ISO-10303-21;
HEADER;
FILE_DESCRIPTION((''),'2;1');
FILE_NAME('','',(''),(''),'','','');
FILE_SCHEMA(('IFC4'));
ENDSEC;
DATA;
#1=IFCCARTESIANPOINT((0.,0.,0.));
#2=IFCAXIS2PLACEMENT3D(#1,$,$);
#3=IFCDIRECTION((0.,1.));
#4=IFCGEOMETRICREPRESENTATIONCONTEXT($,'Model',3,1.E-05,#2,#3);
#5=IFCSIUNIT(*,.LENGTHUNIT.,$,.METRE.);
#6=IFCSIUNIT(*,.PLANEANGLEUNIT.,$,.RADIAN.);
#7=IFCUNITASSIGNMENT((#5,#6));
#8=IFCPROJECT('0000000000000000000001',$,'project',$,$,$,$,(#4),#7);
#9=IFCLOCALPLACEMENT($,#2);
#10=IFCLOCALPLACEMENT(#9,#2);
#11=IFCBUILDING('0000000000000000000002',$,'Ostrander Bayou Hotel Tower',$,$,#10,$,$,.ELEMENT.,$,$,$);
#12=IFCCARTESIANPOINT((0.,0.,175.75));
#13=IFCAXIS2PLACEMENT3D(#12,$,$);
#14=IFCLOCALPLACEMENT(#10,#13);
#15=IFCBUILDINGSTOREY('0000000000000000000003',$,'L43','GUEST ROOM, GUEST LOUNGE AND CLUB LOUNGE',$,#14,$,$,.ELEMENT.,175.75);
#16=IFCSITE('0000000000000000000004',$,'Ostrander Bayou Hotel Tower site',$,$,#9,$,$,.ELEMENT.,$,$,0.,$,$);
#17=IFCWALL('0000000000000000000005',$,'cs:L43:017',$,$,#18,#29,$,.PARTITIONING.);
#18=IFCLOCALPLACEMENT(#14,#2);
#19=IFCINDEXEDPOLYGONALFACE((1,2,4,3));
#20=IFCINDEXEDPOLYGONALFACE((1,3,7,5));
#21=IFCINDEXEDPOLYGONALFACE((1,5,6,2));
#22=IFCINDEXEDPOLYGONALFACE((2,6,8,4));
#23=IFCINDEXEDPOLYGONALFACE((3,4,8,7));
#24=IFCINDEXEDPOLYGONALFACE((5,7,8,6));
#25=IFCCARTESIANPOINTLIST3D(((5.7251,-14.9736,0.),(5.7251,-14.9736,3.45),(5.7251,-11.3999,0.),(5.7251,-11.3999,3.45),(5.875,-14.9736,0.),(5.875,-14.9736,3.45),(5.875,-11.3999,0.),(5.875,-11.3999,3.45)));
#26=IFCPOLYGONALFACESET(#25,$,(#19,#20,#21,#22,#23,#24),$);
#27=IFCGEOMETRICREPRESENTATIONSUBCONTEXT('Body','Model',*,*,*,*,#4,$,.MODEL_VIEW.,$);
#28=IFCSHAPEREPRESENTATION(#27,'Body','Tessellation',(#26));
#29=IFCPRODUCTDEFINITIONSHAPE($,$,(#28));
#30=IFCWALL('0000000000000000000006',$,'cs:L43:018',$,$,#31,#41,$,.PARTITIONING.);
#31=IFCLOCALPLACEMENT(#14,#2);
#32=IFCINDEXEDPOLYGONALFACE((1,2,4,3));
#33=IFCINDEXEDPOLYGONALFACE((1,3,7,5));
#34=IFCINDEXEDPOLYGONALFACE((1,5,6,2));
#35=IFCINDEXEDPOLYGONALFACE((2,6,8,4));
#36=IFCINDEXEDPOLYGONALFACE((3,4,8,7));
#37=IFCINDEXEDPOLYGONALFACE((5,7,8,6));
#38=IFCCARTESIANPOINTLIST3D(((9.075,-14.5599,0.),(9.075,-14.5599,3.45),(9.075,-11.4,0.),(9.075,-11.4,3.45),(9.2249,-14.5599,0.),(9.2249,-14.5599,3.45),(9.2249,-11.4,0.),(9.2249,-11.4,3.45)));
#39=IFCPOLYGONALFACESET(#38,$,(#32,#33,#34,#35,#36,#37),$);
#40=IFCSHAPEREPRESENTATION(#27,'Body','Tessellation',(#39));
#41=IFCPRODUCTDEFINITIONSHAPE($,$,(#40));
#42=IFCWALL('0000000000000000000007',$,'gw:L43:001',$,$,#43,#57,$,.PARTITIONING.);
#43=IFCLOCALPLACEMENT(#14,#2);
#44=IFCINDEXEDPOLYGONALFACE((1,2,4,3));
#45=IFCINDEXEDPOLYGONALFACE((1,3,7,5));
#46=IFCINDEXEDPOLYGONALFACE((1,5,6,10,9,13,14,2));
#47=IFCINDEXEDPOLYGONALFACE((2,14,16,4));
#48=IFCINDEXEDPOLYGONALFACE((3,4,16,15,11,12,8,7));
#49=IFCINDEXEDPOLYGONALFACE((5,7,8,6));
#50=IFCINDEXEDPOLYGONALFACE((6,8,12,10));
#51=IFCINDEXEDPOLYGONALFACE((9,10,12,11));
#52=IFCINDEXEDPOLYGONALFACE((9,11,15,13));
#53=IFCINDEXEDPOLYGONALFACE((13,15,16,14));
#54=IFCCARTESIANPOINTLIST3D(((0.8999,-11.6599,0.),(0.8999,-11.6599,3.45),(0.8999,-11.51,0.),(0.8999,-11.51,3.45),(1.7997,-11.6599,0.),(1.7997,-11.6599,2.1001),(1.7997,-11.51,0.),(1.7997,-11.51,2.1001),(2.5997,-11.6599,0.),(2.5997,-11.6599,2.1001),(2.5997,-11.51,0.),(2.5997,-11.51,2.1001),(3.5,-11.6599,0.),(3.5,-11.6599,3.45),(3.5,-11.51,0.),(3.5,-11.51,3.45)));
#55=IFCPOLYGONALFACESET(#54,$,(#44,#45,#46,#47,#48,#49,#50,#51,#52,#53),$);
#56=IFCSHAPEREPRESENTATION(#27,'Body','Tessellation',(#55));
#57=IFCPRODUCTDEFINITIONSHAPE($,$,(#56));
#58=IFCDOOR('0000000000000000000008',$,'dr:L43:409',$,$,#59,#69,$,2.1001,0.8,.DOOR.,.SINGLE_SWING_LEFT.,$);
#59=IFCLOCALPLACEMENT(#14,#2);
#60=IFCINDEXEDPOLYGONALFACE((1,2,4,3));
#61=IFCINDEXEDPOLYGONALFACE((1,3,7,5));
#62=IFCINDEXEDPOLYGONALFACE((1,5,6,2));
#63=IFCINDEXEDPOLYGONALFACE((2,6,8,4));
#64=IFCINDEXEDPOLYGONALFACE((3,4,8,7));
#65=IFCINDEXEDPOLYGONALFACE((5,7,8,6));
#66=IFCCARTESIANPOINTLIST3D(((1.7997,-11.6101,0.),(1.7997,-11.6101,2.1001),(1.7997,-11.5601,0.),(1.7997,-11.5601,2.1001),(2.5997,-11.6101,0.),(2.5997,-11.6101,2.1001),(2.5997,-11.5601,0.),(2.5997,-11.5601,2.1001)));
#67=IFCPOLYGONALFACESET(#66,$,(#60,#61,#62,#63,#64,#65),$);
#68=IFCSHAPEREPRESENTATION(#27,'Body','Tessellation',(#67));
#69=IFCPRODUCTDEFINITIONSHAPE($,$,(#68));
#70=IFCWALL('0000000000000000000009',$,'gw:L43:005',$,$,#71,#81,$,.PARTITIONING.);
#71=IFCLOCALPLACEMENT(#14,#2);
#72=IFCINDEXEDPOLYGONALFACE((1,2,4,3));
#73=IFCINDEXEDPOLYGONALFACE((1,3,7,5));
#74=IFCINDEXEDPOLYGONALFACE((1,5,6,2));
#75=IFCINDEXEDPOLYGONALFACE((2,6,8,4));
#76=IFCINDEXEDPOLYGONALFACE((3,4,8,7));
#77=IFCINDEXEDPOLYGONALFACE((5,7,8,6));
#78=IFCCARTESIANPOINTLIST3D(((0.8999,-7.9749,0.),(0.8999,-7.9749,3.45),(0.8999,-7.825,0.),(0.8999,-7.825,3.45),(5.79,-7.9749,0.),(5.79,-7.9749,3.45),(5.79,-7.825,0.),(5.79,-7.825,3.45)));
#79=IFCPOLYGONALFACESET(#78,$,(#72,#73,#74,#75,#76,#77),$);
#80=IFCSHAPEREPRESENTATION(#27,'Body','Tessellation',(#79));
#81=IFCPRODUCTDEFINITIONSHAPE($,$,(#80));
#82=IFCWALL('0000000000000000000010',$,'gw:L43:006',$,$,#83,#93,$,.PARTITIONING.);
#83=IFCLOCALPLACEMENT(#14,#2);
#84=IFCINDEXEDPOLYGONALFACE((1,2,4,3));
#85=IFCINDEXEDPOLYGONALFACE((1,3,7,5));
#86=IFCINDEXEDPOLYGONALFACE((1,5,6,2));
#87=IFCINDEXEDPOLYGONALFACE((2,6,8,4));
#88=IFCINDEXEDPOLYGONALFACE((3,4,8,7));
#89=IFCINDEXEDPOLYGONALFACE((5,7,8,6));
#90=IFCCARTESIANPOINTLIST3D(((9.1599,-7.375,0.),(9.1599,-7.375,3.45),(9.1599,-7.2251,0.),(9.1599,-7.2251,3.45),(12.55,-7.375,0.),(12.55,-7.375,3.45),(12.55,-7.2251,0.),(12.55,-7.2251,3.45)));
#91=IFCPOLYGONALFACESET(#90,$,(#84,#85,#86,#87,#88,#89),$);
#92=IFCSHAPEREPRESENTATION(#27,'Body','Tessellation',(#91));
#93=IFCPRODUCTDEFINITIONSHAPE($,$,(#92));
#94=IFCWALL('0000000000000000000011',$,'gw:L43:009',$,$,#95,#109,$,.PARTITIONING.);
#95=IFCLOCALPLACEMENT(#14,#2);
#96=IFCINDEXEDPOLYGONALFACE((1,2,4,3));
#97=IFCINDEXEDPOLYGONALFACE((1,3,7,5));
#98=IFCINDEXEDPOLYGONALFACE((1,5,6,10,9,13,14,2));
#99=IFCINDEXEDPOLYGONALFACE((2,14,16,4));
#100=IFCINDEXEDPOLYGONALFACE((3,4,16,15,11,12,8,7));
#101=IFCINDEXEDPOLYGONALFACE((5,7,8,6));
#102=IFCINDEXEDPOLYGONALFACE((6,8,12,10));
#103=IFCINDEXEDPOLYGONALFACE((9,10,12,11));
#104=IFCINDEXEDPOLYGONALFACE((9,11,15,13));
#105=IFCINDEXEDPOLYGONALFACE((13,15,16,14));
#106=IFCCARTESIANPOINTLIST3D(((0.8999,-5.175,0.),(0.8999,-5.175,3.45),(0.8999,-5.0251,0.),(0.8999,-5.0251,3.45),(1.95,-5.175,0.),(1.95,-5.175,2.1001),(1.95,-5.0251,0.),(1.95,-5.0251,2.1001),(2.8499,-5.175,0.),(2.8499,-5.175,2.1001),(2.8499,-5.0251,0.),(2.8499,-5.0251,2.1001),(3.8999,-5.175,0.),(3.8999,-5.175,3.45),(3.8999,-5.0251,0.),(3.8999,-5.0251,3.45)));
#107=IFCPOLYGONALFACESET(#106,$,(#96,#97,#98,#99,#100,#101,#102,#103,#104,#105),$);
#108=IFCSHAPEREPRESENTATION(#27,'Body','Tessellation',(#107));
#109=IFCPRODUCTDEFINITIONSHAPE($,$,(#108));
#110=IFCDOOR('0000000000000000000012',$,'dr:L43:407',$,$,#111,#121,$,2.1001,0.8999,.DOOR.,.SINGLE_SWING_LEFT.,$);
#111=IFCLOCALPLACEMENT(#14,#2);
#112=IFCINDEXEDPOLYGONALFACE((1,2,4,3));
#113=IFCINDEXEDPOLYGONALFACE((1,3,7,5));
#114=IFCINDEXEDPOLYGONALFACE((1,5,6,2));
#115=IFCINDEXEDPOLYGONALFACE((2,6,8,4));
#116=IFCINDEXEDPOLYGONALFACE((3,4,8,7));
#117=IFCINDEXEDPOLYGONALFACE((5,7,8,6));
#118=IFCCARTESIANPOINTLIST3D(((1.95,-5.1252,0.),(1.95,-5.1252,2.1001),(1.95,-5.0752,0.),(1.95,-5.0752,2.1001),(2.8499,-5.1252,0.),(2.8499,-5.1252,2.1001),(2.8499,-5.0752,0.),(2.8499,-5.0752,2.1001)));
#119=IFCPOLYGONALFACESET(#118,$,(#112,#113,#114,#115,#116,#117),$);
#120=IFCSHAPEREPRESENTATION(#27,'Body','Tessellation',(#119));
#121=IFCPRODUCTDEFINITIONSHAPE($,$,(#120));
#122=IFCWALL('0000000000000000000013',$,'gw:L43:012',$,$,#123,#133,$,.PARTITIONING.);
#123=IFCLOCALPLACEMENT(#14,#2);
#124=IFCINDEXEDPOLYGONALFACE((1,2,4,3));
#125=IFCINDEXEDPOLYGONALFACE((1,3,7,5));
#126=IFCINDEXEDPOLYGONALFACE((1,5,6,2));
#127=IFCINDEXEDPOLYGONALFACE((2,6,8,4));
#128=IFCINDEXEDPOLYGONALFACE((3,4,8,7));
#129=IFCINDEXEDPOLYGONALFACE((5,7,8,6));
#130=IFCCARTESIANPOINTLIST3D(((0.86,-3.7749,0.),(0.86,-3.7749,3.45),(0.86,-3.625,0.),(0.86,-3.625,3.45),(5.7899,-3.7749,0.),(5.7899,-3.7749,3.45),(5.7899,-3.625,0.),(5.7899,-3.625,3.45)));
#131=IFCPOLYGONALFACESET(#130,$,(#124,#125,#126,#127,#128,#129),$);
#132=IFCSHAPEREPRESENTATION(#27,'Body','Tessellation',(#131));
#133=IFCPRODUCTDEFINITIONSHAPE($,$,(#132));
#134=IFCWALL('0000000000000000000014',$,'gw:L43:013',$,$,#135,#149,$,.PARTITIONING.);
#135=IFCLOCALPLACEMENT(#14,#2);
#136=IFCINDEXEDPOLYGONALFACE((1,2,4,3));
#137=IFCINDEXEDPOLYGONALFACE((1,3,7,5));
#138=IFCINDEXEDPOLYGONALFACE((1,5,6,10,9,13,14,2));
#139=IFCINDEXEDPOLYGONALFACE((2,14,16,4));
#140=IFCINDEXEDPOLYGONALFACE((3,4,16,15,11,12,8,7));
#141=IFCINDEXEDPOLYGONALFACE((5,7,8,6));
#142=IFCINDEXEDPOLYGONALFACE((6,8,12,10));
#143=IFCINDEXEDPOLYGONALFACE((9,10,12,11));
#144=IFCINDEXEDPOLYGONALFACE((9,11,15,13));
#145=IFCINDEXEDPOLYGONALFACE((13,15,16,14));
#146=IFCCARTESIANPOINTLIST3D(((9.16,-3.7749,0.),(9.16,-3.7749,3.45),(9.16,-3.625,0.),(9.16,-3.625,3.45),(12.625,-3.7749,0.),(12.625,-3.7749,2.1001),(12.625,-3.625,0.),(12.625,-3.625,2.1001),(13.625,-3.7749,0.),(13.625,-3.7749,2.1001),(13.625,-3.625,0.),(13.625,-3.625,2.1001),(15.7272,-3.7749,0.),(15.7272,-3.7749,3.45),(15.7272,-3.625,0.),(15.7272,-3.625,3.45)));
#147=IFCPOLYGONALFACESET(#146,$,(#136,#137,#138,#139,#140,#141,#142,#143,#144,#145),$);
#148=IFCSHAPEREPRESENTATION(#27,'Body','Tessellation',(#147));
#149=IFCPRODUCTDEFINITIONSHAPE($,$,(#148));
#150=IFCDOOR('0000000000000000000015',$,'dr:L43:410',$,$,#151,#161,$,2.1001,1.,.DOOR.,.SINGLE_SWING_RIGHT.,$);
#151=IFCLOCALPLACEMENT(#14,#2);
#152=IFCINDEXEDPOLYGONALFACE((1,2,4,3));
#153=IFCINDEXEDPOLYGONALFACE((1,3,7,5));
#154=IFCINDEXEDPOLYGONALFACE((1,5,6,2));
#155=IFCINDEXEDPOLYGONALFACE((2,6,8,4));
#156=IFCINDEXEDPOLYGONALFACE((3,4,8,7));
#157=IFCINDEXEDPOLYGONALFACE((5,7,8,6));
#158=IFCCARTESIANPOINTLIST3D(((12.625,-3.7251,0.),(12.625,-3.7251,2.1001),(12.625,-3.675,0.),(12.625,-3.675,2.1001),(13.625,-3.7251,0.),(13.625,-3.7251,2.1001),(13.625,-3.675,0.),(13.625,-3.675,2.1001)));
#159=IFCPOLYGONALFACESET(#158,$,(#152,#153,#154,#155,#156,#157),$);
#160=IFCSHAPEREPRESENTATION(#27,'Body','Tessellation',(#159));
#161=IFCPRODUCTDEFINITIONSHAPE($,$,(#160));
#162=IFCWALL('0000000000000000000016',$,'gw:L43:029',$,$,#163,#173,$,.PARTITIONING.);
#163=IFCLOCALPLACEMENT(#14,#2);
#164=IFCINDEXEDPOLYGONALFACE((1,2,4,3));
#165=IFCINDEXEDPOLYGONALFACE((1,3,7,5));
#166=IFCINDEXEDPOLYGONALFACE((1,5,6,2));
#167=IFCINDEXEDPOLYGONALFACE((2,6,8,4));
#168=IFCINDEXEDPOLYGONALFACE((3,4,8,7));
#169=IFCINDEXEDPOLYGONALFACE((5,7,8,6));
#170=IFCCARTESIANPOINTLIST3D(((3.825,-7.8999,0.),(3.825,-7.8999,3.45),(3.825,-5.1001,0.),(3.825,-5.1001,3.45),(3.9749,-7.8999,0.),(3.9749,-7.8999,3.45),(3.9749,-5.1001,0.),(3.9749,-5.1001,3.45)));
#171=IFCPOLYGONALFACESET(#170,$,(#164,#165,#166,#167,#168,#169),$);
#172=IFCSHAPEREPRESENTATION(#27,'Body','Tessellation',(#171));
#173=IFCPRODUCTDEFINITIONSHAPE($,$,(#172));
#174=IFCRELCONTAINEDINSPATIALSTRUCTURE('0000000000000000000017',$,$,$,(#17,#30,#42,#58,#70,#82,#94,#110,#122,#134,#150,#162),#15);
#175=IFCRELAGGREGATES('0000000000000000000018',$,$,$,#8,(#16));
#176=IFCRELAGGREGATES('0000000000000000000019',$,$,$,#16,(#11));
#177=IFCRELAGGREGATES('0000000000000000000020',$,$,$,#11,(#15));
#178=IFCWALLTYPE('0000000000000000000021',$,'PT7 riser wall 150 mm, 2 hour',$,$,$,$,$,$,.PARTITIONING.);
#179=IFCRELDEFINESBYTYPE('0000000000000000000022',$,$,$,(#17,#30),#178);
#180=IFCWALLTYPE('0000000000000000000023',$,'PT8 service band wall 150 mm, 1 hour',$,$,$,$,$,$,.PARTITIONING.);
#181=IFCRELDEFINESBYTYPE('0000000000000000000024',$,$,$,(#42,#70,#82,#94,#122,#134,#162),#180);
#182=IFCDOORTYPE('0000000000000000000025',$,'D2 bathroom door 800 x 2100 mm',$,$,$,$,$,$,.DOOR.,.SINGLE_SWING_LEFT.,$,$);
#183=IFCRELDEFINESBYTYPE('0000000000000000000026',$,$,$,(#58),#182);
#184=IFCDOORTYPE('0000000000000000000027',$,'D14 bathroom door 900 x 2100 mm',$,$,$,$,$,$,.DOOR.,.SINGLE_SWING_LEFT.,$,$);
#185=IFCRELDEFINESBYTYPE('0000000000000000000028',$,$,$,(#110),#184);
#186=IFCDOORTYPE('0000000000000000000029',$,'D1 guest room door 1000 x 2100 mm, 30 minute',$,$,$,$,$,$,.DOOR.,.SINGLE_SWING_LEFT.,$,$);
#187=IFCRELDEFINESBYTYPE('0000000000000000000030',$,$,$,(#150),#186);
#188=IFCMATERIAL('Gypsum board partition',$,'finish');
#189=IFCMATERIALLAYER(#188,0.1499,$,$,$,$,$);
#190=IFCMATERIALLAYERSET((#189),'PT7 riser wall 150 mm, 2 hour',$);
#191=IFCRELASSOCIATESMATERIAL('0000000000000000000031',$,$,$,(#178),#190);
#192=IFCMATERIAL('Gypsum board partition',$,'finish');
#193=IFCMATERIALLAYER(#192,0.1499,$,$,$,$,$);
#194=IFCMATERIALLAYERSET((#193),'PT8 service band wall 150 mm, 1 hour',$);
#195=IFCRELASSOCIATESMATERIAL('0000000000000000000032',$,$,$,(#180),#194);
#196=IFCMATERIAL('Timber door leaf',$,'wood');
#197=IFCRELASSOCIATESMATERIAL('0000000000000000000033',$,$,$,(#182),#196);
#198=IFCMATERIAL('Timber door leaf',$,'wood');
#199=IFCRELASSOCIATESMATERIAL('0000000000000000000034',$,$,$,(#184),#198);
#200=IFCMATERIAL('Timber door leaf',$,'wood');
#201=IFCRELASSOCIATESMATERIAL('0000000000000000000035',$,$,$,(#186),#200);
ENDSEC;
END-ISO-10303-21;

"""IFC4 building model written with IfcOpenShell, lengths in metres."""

from ifc_helpers import new_model, si_unit, direction, frame, frame_2d, origin, place, context, subcontext, project, spatial, rectangle, extrude, material, layer, layer_set, type_object, element, fill, save


model = new_model("IFC4")

# Units and contexts
model_context = context("Model", 3, precision=1e-05, world=origin(), true_north=direction((0.0, 1.0)))
body_context = subcontext(model_context, "Body", "Model", "MODEL_VIEW")
ifc_project = project(units=[si_unit("LENGTHUNIT", "METRE"), si_unit("PLANEANGLEUNIT", "RADIAN")], contexts=[model_context])

# Site, building, storey
site_placement = place(None, origin())
site = spatial("IfcSite", under=ifc_project, at=site_placement, Name="Ostrander Bayou Hotel Tower site", CompositionType="ELEMENT", RefElevation=0.0)
building_placement = place(site_placement, origin())
building = spatial("IfcBuilding", under=site, at=building_placement, Name="Ostrander Bayou Hotel Tower", CompositionType="ELEMENT")
storey_placement = place(building_placement, frame((0.0, 0.0, 175.75)))
storey = spatial("IfcBuildingStorey", under=building, at=storey_placement, Name="L43", Description="GUEST ROOM, GUEST LOUNGE AND CLUB LOUNGE", CompositionType="ELEMENT", Elevation=175.75)

# Walls
ifc_material_1 = material(Name="Gypsum board partition", Category="finish")
ifc_layer_1 = layer(ifc_material_1, 0.1499)
ifc_layer_set_1 = layer_set([ifc_layer_1], Name="PT7 riser wall 150 mm, 2 hour")
wall_type_1 = type_object("IfcWallType", Name="PT7 riser wall 150 mm, 2 hour", PredefinedType="PARTITIONING", material=ifc_layer_set_1)
wall_1_placement = place(storey_placement, frame((5.8, -11.3999, 0.0), z_axis=(0.0, 0.0, 1.0), x_axis=(0.0, -1.0, 0.0)))
element("IfcWall", 1, at=wall_1_placement, inside=storey, type_object=wall_type_1, Name="cs:L43:017", PredefinedType="PARTITIONING", context=body_context, shape_type="SweptSolid", body=[
    extrude(rectangle(XDim=3.5737, YDim=0.1499, at=frame_2d((1.7869, 0.0))), origin(), (0.0, 0.0, 1.0), 3.45),
])
wall_2_placement = place(storey_placement, frame((9.1499, -11.3999, 0.0), z_axis=(0.0, 0.0, 1.0), x_axis=(0.0, -1.0, 0.0)))
element("IfcWall", 2, at=wall_2_placement, inside=storey, type_object=wall_type_1, Name="cs:L43:018", PredefinedType="PARTITIONING", context=body_context, shape_type="SweptSolid", body=[
    extrude(rectangle(XDim=3.1599, YDim=0.1499, at=frame_2d((1.5801, 0.0))), origin(), (0.0, 0.0, 1.0), 3.45),
])

# Wall, opening, door
ifc_material_2 = material(Name="Gypsum board partition", Category="finish")
ifc_layer_2 = layer(ifc_material_2, 0.1499)
ifc_layer_set_2 = layer_set([ifc_layer_2], Name="PT8 service band wall 150 mm, 1 hour")
wall_type_2 = type_object("IfcWallType", Name="PT8 service band wall 150 mm, 1 hour", PredefinedType="PARTITIONING", material=ifc_layer_set_2)
wall_3_placement = place(storey_placement, frame((0.8999, -11.585, 0.0), z_axis=(0.0, 0.0, 1.0), x_axis=(1.0, 0.0, 0.0)))
wall_3 = element("IfcWall", 3, at=wall_3_placement, inside=storey, type_object=wall_type_2, Name="gw:L43:001", PredefinedType="PARTITIONING", context=body_context, shape_type="SweptSolid", body=[
    extrude(rectangle(XDim=2.6001, YDim=0.1499, at=frame_2d((1.3, 0.0))), origin(), (0.0, 0.0, 1.0), 3.45),
])
opening_1_placement = place(wall_3_placement, frame((0.8999, 0.0, 0.0)))
opening_1 = element("IfcOpeningElement", 4, at=opening_1_placement, cuts=wall_3, PredefinedType="OPENING", context=body_context, shape_type="SweptSolid", body=[
    extrude(rectangle(XDim=0.8, YDim=2.1001, at=frame_2d((0.3999, 1.05))), frame((0.0, 0.075, 0.0), z_axis=(0.0, -1.0, 0.0), x_axis=(1.0, 0.0, 0.0)), (0.0, 0.0, 1.0), 0.1499),
])
ifc_material_3 = material(Name="Timber door leaf", Category="wood")
door_type_1 = type_object("IfcDoorType", Name="D2 bathroom door 800 x 2100 mm", OperationType="SINGLE_SWING_LEFT", PredefinedType="DOOR", material=ifc_material_3)
door_1_placement = place(opening_1_placement, origin())
door_1 = element("IfcDoor", 5, at=door_1_placement, inside=storey, type_object=door_type_1, Name="dr:L43:409", OperationType="SINGLE_SWING_LEFT", OverallHeight=2.1001, OverallWidth=0.8, PredefinedType="DOOR", context=body_context, shape_type="SweptSolid", body=[
    extrude(rectangle(XDim=0.8, YDim=2.1001, at=frame_2d((0.3999, 1.05))), frame((0.0, 0.0249, 0.0), z_axis=(0.0, -1.0, 0.0), x_axis=(1.0, 0.0, 0.0)), (0.0, 0.0, 1.0), 0.05),
])
fill(opening_1, door_1)

# Walls
wall_4_placement = place(storey_placement, frame((0.8999, -7.8999, 0.0), z_axis=(0.0, 0.0, 1.0), x_axis=(1.0, 0.0, 0.0)))
element("IfcWall", 6, at=wall_4_placement, inside=storey, type_object=wall_type_2, Name="gw:L43:005", PredefinedType="PARTITIONING", context=body_context, shape_type="SweptSolid", body=[
    extrude(rectangle(XDim=4.8901, YDim=0.1499, at=frame_2d((2.4451, 0.0))), origin(), (0.0, 0.0, 1.0), 3.45),
])
wall_5_placement = place(storey_placement, frame((9.1599, -7.3, 0.0), z_axis=(0.0, 0.0, 1.0), x_axis=(1.0, 0.0, 0.0)))
element("IfcWall", 7, at=wall_5_placement, inside=storey, type_object=wall_type_2, Name="gw:L43:006", PredefinedType="PARTITIONING", context=body_context, shape_type="SweptSolid", body=[
    extrude(rectangle(XDim=3.3901, YDim=0.1499, at=frame_2d((1.6951, 0.0))), origin(), (0.0, 0.0, 1.0), 3.45),
])

# Wall, opening, door
wall_6_placement = place(storey_placement, frame((0.8999, -5.1001, 0.0), z_axis=(0.0, 0.0, 1.0), x_axis=(1.0, 0.0, 0.0)))
wall_6 = element("IfcWall", 8, at=wall_6_placement, inside=storey, type_object=wall_type_2, Name="gw:L43:009", PredefinedType="PARTITIONING", context=body_context, shape_type="SweptSolid", body=[
    extrude(rectangle(XDim=3.0, YDim=0.1499, at=frame_2d((1.5, 0.0))), origin(), (0.0, 0.0, 1.0), 3.45),
])
opening_2_placement = place(wall_6_placement, frame((1.05, 0.0, 0.0)))
opening_2 = element("IfcOpeningElement", 9, at=opening_2_placement, cuts=wall_6, PredefinedType="OPENING", context=body_context, shape_type="SweptSolid", body=[
    extrude(rectangle(XDim=0.8999, YDim=2.1001, at=frame_2d((0.45, 1.05))), frame((0.0, 0.075, 0.0), z_axis=(0.0, -1.0, 0.0), x_axis=(1.0, 0.0, 0.0)), (0.0, 0.0, 1.0), 0.1499),
])
ifc_material_4 = material(Name="Timber door leaf", Category="wood")
door_type_2 = type_object("IfcDoorType", Name="D14 bathroom door 900 x 2100 mm", OperationType="SINGLE_SWING_LEFT", PredefinedType="DOOR", material=ifc_material_4)
door_2_placement = place(opening_2_placement, origin())
door_2 = element("IfcDoor", 10, at=door_2_placement, inside=storey, type_object=door_type_2, Name="dr:L43:407", OperationType="SINGLE_SWING_LEFT", OverallHeight=2.1001, OverallWidth=0.8999, PredefinedType="DOOR", context=body_context, shape_type="SweptSolid", body=[
    extrude(rectangle(XDim=0.8999, YDim=2.1001, at=frame_2d((0.45, 1.05))), frame((0.0, 0.0249, 0.0), z_axis=(0.0, -1.0, 0.0), x_axis=(1.0, 0.0, 0.0)), (0.0, 0.0, 1.0), 0.05),
])
fill(opening_2, door_2)

# Wall
wall_7_placement = place(storey_placement, frame((0.8601, -3.7, 0.0), z_axis=(0.0, 0.0, 1.0), x_axis=(1.0, 0.0, 0.0)))
element("IfcWall", 11, at=wall_7_placement, inside=storey, type_object=wall_type_2, Name="gw:L43:012", PredefinedType="PARTITIONING", context=body_context, shape_type="SweptSolid", body=[
    extrude(rectangle(XDim=4.9299, YDim=0.1499, at=frame_2d((2.4648, 0.0))), origin(), (0.0, 0.0, 1.0), 3.45),
])

# Wall, opening, door
wall_8_placement = place(storey_placement, frame((9.1599, -3.7, 0.0), z_axis=(0.0, 0.0, 1.0), x_axis=(1.0, 0.0, 0.0)))
wall_8 = element("IfcWall", 12, at=wall_8_placement, inside=storey, type_object=wall_type_2, Name="gw:L43:013", PredefinedType="PARTITIONING", context=body_context, shape_type="SweptSolid", body=[
    extrude(rectangle(XDim=6.5671, YDim=0.1499, at=frame_2d((3.2837, 0.0))), origin(), (0.0, 0.0, 1.0), 3.45),
])
opening_3_placement = place(wall_8_placement, frame((3.4651, 0.0, 0.0)))
opening_3 = element("IfcOpeningElement", 13, at=opening_3_placement, cuts=wall_8, PredefinedType="OPENING", context=body_context, shape_type="SweptSolid", body=[
    extrude(rectangle(XDim=1.0, YDim=2.1001, at=frame_2d((0.5, 1.05))), frame((0.0, 0.075, 0.0), z_axis=(0.0, -1.0, 0.0), x_axis=(1.0, 0.0, 0.0)), (0.0, 0.0, 1.0), 0.1499),
])
ifc_material_5 = material(Name="Timber door leaf", Category="wood")
door_type_3 = type_object("IfcDoorType", Name="D1 guest room door 1000 x 2100 mm, 30 minute", OperationType="SINGLE_SWING_LEFT", PredefinedType="DOOR", material=ifc_material_5)
door_3_placement = place(opening_3_placement, origin())
door_3 = element("IfcDoor", 14, at=door_3_placement, inside=storey, type_object=door_type_3, Name="dr:L43:410", OperationType="SINGLE_SWING_RIGHT", OverallHeight=2.1001, OverallWidth=1.0, PredefinedType="DOOR", context=body_context, shape_type="SweptSolid", body=[
    extrude(rectangle(XDim=1.0, YDim=2.1001, at=frame_2d((0.5, 1.05))), frame((0.0, 0.0249, 0.0), z_axis=(0.0, -1.0, 0.0), x_axis=(1.0, 0.0, 0.0)), (0.0, 0.0, 1.0), 0.05),
])
fill(opening_3, door_3)

# Wall
wall_9_placement = place(storey_placement, frame((3.8999, -7.8999, 0.0), z_axis=(0.0, 0.0, 1.0), x_axis=(0.0, 1.0, 0.0)))
element("IfcWall", 15, at=wall_9_placement, inside=storey, type_object=wall_type_2, Name="gw:L43:029", PredefinedType="PARTITIONING", context=body_context, shape_type="SweptSolid", body=[
    extrude(rectangle(XDim=2.7998, YDim=0.1499, at=frame_2d((1.3999, 0.0))), origin(), (0.0, 0.0, 1.0), 3.45),
])

save(model, "model.ifc")
